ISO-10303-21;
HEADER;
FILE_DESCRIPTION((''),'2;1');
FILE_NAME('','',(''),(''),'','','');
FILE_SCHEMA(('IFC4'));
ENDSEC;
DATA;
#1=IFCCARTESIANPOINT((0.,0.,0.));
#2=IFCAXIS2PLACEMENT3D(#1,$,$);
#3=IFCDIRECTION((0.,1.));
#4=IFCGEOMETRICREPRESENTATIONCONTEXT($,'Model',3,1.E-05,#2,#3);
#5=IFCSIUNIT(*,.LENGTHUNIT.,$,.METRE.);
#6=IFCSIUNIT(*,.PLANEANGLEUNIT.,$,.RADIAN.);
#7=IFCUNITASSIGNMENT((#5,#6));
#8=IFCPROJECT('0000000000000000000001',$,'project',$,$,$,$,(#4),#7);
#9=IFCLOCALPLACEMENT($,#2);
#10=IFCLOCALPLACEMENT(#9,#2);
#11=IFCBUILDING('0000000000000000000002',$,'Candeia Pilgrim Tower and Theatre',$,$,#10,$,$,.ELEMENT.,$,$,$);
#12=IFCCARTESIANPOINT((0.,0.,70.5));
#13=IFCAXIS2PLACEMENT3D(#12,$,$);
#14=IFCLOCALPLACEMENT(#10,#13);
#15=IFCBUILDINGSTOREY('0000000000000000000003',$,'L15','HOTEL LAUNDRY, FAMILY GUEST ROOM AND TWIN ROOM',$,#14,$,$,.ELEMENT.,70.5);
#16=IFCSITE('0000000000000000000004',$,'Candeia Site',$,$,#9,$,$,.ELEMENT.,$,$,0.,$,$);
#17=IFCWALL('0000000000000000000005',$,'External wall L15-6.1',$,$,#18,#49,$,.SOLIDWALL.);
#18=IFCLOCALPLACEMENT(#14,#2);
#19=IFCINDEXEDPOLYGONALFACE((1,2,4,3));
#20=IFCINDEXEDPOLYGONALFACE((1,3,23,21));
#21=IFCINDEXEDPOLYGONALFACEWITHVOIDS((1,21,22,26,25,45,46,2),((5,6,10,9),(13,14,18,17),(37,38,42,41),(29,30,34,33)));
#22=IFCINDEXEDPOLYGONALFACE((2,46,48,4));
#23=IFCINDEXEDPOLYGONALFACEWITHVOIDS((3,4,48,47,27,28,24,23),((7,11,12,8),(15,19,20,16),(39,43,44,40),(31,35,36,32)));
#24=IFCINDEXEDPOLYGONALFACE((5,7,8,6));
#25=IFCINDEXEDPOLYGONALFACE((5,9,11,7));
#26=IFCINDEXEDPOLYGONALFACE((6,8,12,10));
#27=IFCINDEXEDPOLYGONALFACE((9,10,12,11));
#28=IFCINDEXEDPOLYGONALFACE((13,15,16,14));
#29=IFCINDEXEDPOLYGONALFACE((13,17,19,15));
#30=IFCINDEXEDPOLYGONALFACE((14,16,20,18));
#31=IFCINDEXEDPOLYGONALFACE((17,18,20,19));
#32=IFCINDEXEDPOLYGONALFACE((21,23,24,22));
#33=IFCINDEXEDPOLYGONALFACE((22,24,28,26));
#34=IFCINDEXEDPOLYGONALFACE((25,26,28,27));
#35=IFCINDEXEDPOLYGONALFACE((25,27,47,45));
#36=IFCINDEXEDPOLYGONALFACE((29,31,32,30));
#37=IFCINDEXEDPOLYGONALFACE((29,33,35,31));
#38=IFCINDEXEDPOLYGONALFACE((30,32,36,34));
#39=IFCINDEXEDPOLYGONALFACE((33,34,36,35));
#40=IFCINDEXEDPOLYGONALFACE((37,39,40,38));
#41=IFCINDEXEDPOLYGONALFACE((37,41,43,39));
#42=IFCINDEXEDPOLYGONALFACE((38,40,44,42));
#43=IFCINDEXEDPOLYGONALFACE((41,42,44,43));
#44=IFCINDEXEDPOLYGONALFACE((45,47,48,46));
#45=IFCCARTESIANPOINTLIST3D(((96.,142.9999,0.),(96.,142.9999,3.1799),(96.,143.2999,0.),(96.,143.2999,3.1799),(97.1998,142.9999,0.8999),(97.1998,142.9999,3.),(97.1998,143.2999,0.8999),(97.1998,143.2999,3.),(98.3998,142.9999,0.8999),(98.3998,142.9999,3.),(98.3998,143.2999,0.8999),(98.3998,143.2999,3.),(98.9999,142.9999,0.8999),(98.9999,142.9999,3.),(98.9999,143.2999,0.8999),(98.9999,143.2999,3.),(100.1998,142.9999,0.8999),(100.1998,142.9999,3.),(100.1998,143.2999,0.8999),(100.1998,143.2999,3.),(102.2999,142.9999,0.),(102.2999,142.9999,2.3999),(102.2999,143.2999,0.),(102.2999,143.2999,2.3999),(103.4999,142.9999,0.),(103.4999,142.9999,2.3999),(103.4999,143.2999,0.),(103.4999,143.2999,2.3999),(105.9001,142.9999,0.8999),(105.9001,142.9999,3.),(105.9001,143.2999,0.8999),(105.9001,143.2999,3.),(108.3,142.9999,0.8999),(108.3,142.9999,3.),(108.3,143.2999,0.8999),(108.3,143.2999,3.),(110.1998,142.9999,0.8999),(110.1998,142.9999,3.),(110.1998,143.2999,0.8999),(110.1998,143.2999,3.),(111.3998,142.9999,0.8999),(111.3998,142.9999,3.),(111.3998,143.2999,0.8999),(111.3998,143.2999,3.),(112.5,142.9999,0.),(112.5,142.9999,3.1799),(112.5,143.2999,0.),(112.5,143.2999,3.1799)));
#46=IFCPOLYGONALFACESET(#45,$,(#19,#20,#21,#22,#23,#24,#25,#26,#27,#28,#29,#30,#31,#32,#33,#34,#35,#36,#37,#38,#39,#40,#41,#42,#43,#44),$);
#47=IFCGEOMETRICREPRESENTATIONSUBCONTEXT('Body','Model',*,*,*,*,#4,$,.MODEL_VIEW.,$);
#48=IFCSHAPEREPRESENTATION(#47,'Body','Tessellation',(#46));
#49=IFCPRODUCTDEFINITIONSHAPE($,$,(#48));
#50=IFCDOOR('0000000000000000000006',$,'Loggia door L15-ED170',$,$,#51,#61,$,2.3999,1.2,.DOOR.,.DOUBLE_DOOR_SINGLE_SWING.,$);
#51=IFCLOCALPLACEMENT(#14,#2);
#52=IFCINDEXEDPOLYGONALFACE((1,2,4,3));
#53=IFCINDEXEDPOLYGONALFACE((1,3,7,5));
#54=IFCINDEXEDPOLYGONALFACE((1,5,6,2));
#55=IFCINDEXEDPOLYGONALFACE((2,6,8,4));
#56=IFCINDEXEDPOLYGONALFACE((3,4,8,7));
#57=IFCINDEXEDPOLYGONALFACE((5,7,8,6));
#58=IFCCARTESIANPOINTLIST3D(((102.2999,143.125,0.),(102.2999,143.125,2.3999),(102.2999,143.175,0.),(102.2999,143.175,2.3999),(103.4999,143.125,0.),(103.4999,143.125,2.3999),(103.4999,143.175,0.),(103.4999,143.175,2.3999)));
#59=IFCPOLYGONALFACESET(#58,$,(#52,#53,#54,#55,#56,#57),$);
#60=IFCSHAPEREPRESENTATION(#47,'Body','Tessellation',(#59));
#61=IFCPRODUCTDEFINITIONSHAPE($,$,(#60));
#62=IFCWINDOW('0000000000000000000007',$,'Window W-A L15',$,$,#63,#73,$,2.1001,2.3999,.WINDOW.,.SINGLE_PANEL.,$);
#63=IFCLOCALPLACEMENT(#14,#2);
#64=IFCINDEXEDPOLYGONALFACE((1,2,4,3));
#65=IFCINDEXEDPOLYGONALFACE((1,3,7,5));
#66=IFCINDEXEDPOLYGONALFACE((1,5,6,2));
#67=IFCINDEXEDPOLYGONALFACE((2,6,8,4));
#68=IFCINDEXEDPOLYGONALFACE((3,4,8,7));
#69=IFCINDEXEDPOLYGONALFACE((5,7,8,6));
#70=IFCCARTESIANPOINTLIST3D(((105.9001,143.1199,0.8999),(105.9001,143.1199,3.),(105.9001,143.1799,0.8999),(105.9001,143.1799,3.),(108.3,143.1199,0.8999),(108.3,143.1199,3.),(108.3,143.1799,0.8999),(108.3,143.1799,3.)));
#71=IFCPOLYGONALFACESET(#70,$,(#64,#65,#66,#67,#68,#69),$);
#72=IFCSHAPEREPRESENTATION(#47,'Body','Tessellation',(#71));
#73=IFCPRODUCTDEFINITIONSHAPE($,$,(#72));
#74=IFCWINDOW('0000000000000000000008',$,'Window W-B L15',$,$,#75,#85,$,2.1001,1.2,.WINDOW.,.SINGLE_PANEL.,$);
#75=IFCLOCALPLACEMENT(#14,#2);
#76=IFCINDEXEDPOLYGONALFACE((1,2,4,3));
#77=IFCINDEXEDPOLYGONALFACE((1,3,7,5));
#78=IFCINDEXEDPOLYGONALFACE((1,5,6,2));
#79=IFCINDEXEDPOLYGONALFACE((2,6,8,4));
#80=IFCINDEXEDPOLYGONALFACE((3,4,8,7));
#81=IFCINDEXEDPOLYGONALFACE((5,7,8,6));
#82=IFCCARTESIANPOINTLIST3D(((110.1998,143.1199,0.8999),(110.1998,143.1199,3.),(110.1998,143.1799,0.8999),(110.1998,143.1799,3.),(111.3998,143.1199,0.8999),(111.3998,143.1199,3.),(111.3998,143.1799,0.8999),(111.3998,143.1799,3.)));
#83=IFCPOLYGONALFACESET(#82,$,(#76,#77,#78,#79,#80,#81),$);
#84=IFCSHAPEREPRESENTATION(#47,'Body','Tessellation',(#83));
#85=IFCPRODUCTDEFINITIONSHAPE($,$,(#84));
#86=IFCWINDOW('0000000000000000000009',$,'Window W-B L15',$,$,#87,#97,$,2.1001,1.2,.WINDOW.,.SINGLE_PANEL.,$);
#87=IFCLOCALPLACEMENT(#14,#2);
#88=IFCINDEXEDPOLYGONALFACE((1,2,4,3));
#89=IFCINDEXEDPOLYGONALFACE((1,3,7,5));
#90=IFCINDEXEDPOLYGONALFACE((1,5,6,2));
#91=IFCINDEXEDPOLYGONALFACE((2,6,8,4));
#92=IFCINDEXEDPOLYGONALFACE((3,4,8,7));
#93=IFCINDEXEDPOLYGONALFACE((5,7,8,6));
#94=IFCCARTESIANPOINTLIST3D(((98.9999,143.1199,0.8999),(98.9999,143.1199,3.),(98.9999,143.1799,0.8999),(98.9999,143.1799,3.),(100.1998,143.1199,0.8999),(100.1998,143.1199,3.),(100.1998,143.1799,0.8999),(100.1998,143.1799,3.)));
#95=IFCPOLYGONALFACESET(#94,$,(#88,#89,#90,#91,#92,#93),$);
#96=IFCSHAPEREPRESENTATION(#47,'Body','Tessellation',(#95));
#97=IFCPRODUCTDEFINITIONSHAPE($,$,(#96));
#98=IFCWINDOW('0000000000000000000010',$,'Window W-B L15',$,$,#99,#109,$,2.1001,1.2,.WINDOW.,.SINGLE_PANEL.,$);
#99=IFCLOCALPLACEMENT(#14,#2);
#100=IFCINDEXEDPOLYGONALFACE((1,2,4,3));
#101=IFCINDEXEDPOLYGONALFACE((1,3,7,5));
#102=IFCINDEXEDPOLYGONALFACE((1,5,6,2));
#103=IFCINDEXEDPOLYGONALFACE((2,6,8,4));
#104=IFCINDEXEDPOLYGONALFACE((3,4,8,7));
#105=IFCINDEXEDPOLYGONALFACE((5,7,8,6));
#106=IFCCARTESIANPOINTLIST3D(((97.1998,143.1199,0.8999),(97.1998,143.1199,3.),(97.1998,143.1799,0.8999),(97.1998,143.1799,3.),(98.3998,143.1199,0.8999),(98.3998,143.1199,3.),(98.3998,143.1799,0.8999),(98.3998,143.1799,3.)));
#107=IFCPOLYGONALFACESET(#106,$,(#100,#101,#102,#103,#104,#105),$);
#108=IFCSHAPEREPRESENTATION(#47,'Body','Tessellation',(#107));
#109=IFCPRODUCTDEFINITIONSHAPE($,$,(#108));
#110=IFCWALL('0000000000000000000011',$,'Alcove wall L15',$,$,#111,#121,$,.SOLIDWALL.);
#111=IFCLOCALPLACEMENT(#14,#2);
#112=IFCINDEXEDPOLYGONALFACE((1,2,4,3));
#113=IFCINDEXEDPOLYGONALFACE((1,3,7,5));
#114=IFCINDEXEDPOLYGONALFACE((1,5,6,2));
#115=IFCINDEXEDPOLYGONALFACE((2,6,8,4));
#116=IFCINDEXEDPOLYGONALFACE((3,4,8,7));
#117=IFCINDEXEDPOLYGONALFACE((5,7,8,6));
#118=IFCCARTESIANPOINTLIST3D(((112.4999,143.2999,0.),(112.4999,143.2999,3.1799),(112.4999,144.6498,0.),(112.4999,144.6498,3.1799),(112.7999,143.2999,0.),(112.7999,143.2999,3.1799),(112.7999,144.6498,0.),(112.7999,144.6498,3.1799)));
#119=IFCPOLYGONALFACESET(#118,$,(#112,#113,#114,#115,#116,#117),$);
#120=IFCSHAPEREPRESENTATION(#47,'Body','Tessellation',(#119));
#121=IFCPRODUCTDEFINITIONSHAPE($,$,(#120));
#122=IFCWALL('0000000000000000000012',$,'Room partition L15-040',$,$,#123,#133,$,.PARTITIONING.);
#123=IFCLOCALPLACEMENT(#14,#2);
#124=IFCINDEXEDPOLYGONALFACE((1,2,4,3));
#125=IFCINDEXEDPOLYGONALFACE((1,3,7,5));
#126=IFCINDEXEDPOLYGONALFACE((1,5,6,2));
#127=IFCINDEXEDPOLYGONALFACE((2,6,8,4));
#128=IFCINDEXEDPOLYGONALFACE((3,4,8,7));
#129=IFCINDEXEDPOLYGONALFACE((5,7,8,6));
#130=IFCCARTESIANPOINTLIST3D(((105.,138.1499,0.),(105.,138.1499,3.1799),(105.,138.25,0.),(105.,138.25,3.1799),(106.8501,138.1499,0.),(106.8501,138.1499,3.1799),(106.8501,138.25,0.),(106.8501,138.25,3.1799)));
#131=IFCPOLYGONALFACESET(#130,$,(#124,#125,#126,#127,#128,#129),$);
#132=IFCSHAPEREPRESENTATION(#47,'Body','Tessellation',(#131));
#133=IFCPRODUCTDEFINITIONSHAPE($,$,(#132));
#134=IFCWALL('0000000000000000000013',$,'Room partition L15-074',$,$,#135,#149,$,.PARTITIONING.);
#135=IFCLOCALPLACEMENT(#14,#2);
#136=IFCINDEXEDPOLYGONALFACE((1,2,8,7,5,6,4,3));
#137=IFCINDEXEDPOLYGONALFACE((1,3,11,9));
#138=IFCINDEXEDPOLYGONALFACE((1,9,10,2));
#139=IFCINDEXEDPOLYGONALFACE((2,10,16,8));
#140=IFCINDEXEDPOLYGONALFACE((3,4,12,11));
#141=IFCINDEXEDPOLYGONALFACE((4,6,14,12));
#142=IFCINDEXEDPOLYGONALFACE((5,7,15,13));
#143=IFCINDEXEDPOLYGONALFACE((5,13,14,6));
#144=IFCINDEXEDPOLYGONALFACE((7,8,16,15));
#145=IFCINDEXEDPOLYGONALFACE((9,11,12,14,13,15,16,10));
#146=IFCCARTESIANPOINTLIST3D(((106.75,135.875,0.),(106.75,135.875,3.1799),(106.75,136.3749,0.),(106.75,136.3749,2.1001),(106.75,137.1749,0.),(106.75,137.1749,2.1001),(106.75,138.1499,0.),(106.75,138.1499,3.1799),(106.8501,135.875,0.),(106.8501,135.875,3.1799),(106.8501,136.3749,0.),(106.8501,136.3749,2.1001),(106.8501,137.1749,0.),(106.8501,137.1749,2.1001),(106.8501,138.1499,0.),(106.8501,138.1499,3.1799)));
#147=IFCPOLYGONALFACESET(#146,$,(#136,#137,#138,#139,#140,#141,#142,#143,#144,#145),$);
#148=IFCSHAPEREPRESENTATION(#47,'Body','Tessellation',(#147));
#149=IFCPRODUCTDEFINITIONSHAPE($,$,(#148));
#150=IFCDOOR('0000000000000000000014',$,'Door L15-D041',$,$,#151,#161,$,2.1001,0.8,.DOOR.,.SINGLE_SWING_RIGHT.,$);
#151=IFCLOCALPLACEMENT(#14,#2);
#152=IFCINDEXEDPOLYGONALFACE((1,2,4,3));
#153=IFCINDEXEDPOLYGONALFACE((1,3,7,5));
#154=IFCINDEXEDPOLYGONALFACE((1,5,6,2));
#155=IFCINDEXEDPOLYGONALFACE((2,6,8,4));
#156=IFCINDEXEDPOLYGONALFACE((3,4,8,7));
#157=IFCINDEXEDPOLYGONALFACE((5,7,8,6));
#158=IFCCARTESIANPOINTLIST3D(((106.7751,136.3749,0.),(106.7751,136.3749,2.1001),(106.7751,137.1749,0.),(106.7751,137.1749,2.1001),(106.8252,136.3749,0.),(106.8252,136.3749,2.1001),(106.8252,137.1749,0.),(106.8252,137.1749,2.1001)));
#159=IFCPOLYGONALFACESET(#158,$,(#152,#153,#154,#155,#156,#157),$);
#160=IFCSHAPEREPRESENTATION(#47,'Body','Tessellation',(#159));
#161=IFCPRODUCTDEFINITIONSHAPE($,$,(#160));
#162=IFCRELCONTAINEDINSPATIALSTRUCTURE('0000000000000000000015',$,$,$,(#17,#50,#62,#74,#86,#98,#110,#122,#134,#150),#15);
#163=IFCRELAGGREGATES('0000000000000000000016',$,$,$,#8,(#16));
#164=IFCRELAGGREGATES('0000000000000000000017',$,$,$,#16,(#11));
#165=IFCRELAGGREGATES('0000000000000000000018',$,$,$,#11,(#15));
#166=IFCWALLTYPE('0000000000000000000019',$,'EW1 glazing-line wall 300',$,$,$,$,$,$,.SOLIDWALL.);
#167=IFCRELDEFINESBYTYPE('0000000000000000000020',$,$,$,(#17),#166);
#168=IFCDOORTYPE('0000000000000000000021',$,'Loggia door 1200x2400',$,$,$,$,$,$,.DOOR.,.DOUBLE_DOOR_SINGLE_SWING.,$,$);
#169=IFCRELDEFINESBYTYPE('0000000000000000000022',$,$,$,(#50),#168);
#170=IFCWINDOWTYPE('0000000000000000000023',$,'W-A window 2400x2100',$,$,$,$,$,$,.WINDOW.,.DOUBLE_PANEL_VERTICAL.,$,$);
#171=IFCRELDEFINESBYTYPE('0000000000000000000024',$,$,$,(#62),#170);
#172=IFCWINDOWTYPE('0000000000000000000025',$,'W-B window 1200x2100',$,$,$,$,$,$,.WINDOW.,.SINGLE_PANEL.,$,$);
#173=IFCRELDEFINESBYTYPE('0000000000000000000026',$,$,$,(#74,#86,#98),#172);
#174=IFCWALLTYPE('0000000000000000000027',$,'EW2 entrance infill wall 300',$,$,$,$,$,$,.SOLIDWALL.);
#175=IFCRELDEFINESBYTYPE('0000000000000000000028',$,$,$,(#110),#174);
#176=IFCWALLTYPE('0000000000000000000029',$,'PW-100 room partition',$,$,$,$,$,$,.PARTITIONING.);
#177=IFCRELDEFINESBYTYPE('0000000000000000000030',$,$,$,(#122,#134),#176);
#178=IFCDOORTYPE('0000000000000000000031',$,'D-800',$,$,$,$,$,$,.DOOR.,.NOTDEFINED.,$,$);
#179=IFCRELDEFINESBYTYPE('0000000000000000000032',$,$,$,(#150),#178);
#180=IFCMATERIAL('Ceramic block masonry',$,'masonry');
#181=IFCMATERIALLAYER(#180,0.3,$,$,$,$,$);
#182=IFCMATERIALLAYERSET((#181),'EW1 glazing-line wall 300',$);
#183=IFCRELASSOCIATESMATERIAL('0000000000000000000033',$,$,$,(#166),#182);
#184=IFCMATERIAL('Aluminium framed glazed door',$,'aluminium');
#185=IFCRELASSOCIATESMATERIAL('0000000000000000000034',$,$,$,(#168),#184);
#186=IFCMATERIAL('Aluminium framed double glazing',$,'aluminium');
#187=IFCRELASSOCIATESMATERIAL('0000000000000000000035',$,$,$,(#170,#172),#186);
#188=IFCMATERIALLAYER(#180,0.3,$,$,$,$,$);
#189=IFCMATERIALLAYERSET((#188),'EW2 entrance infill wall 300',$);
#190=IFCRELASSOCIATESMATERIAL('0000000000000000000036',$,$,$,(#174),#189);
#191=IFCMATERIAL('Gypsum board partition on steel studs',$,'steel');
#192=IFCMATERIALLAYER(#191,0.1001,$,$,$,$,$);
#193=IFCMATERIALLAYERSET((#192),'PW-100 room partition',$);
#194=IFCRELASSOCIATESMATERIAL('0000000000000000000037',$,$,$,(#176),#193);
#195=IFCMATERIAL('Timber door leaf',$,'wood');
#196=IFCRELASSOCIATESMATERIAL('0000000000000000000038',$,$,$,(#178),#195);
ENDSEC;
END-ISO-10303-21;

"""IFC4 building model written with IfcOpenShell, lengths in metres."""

from ifc_helpers import new_model, si_unit, direction, frame, frame_2d, origin, place, context, subcontext, project, spatial, rectangle, extrude, material, layer, layer_set, type_object, element, fill, save


model = new_model("IFC4")

# Units and contexts
model_context = context("Model", 3, precision=1e-05, world=origin(), true_north=direction((0.0, 1.0)))
body_context = subcontext(model_context, "Body", "Model", "MODEL_VIEW")
ifc_project = project(units=[si_unit("LENGTHUNIT", "METRE"), si_unit("PLANEANGLEUNIT", "RADIAN")], contexts=[model_context])

# Site, building, storey
site_placement = place(None, origin())
site = spatial("IfcSite", under=ifc_project, at=site_placement, Name="Candeia Site", CompositionType="ELEMENT", RefElevation=0.0)
building_placement = place(site_placement, origin())
building = spatial("IfcBuilding", under=site, at=building_placement, Name="Candeia Pilgrim Tower and Theatre", CompositionType="ELEMENT")
storey_placement = place(building_placement, frame((0.0, 0.0, 70.5)))
storey = spatial("IfcBuildingStorey", under=building, at=storey_placement, Name="L15", Description="HOTEL LAUNDRY, FAMILY GUEST ROOM AND TWIN ROOM", CompositionType="ELEMENT", Elevation=70.5)

# Wall, openings, door, windows
ifc_material_1 = material(Name="Ceramic block masonry", Category="masonry")
ifc_layer_1 = layer(ifc_material_1, 0.3)
ifc_layer_set_1 = layer_set([ifc_layer_1], Name="EW1 glazing-line wall 300")
wall_type_1 = type_object("IfcWallType", Name="EW1 glazing-line wall 300", PredefinedType="SOLIDWALL", material=ifc_layer_set_1)
wall_1_placement = place(storey_placement, frame((112.5, 143.1499, 0.0), z_axis=(0.0, 0.0, 1.0), x_axis=(-1.0, 0.0, 0.0)))
wall_1 = element("IfcWall", 1, at=wall_1_placement, inside=storey, type_object=wall_type_1, Name="External wall L15-6.1", PredefinedType="SOLIDWALL", context=body_context, shape_type="SweptSolid", body=[
    extrude(rectangle(XDim=16.5, YDim=0.3, at=frame_2d((8.25, 0.0))), origin(), (0.0, 0.0, 1.0), 3.1799),
])
opening_1_placement = place(wall_1_placement, frame((1.1001, 0.0, 0.8999)))
opening_1 = element("IfcOpeningElement", 2, at=opening_1_placement, cuts=wall_1, PredefinedType="OPENING", context=body_context, shape_type="SweptSolid", body=[
    extrude(rectangle(XDim=1.2, YDim=2.1001, at=frame_2d((0.6001, 1.05))), frame((0.0, 0.1602, 0.0), z_axis=(0.0, -1.0, 0.0), x_axis=(1.0, 0.0, 0.0)), (0.0, 0.0, 1.0), 0.3201),
])
opening_2_placement = place(wall_1_placement, frame((4.2, 0.0, 0.8999)))
opening_2 = element("IfcOpeningElement", 3, at=opening_2_placement, cuts=wall_1, PredefinedType="OPENING", context=body_context, shape_type="SweptSolid", body=[
    extrude(rectangle(XDim=2.3999, YDim=2.1001, at=frame_2d((1.2, 1.05))), frame((0.0, 0.1602, 0.0), z_axis=(0.0, -1.0, 0.0), x_axis=(1.0, 0.0, 0.0)), (0.0, 0.0, 1.0), 0.3201),
])
opening_3_placement = place(wall_1_placement, frame((9.0, 0.0, 0.0)))
opening_3 = element("IfcOpeningElement", 4, at=opening_3_placement, cuts=wall_1, PredefinedType="OPENING", context=body_context, shape_type="SweptSolid", body=[
    extrude(rectangle(XDim=1.2, YDim=2.3999, at=frame_2d((0.6001, 1.2))), frame((0.0, 0.1602, 0.0), z_axis=(0.0, -1.0, 0.0), x_axis=(1.0, 0.0, 0.0)), (0.0, 0.0, 1.0), 0.3201),
])
opening_4_placement = place(wall_1_placement, frame((12.3, 0.0, 0.8999)))
opening_4 = element("IfcOpeningElement", 5, at=opening_4_placement, cuts=wall_1, PredefinedType="OPENING", context=body_context, shape_type="SweptSolid", body=[
    extrude(rectangle(XDim=1.2, YDim=2.1001, at=frame_2d((0.6001, 1.05))), frame((0.0, 0.1602, 0.0), z_axis=(0.0, -1.0, 0.0), x_axis=(1.0, 0.0, 0.0)), (0.0, 0.0, 1.0), 0.3201),
])
opening_5_placement = place(wall_1_placement, frame((14.1001, 0.0, 0.8999)))
opening_5 = element("IfcOpeningElement", 6, at=opening_5_placement, cuts=wall_1, PredefinedType="OPENING", context=body_context, shape_type="SweptSolid", body=[
    extrude(rectangle(XDim=1.2, YDim=2.1001, at=frame_2d((0.6001, 1.05))), frame((0.0, 0.1602, 0.0), z_axis=(0.0, -1.0, 0.0), x_axis=(1.0, 0.0, 0.0)), (0.0, 0.0, 1.0), 0.3201),
])
ifc_material_2 = material(Name="Aluminium framed glazed door", Category="aluminium")
door_type_1 = type_object("IfcDoorType", Name="Loggia door 1200x2400", OperationType="DOUBLE_DOOR_SINGLE_SWING", PredefinedType="DOOR", material=ifc_material_2)
door_1_placement = place(opening_3_placement, origin())
door_1 = element("IfcDoor", 7, at=door_1_placement, inside=storey, type_object=door_type_1, Name="Loggia door L15-ED170", OperationType="DOUBLE_DOOR_SINGLE_SWING", OverallHeight=2.3999, OverallWidth=1.2, PredefinedType="DOOR", context=body_context, shape_type="SweptSolid", body=[
    extrude(rectangle(XDim=1.2, YDim=2.3999, at=frame_2d((0.6001, 1.2))), frame((0.0, 0.0249, 0.0), z_axis=(0.0, -1.0, 0.0), x_axis=(1.0, 0.0, 0.0)), (0.0, 0.0, 1.0), 0.05),
])
fill(opening_3, door_1)
ifc_material_3 = material(Name="Aluminium framed double glazing", Category="aluminium")
window_type_1 = type_object("IfcWindowType", Name="W-A window 2400x2100", PartitioningType="DOUBLE_PANEL_VERTICAL", PredefinedType="WINDOW", material=ifc_material_3)
window_1_placement = place(opening_2_placement, origin())
window_1 = element("IfcWindow", 8, at=window_1_placement, inside=storey, type_object=window_type_1, Name="Window W-A L15", OverallHeight=2.1001, OverallWidth=2.3999, PartitioningType="SINGLE_PANEL", PredefinedType="WINDOW", context=body_context, shape_type="SweptSolid", body=[
    extrude(rectangle(XDim=2.3999, YDim=2.1001, at=frame_2d((1.2, 1.05))), frame((0.0, 0.03, 0.0), z_axis=(0.0, -1.0, 0.0), x_axis=(1.0, 0.0, 0.0)), (0.0, 0.0, 1.0), 0.0601),
])
fill(opening_2, window_1)
window_type_2 = type_object("IfcWindowType", Name="W-B window 1200x2100", PartitioningType="SINGLE_PANEL", PredefinedType="WINDOW", material=ifc_material_3)
window_2_placement = place(opening_1_placement, origin())
window_2 = element("IfcWindow", 9, at=window_2_placement, inside=storey, type_object=window_type_2, Name="Window W-B L15", OverallHeight=2.1001, OverallWidth=1.2, PartitioningType="SINGLE_PANEL", PredefinedType="WINDOW", context=body_context, shape_type="SweptSolid", body=[
    extrude(rectangle(XDim=1.2, YDim=2.1001, at=frame_2d((0.6001, 1.05))), frame((0.0, 0.03, 0.0), z_axis=(0.0, -1.0, 0.0), x_axis=(1.0, 0.0, 0.0)), (0.0, 0.0, 1.0), 0.0601),
])
fill(opening_1, window_2)
window_3_placement = place(opening_4_placement, origin())
window_3 = element("IfcWindow", 10, at=window_3_placement, inside=storey, type_object=window_type_2, Name="Window W-B L15", OverallHeight=2.1001, OverallWidth=1.2, PartitioningType="SINGLE_PANEL", PredefinedType="WINDOW", context=body_context, shape_type="SweptSolid", body=[
    extrude(rectangle(XDim=1.2, YDim=2.1001, at=frame_2d((0.6001, 1.05))), frame((0.0, 0.03, 0.0), z_axis=(0.0, -1.0, 0.0), x_axis=(1.0, 0.0, 0.0)), (0.0, 0.0, 1.0), 0.0601),
])
fill(opening_4, window_3)
window_4_placement = place(opening_5_placement, origin())
window_4 = element("IfcWindow", 11, at=window_4_placement, inside=storey, type_object=window_type_2, Name="Window W-B L15", OverallHeight=2.1001, OverallWidth=1.2, PartitioningType="SINGLE_PANEL", PredefinedType="WINDOW", context=body_context, shape_type="SweptSolid", body=[
    extrude(rectangle(XDim=1.2, YDim=2.1001, at=frame_2d((0.6001, 1.05))), frame((0.0, 0.03, 0.0), z_axis=(0.0, -1.0, 0.0), x_axis=(1.0, 0.0, 0.0)), (0.0, 0.0, 1.0), 0.0601),
])
fill(opening_5, window_4)

# Walls
ifc_layer_2 = layer(ifc_material_1, 0.3)
ifc_layer_set_2 = layer_set([ifc_layer_2], Name="EW2 entrance infill wall 300")
wall_type_2 = type_object("IfcWallType", Name="EW2 entrance infill wall 300", PredefinedType="SOLIDWALL", material=ifc_layer_set_2)
wall_2_placement = place(storey_placement, frame((112.6499, 143.3, 0.0), z_axis=(0.0, 0.0, 1.0), x_axis=(0.0, 1.0, 0.0)))
element("IfcWall", 12, at=wall_2_placement, inside=storey, type_object=wall_type_2, Name="Alcove wall L15", PredefinedType="SOLIDWALL", context=body_context, shape_type="SweptSolid", body=[
    extrude(rectangle(XDim=1.3499, YDim=0.3, at=frame_2d((0.6748, 0.0))), origin(), (0.0, 0.0, 1.0), 3.1799),
])
ifc_material_4 = material(Name="Gypsum board partition on steel studs", Category="steel")
ifc_layer_3 = layer(ifc_material_4, 0.1001)
ifc_layer_set_3 = layer_set([ifc_layer_3], Name="PW-100 room partition")
wall_type_3 = type_object("IfcWallType", Name="PW-100 room partition", PredefinedType="PARTITIONING", material=ifc_layer_set_3)
wall_3_placement = place(storey_placement, frame((105.0, 138.2, 0.0), z_axis=(0.0, 0.0, 1.0), x_axis=(1.0, 0.0, 0.0)))
element("IfcWall", 13, at=wall_3_placement, inside=storey, type_object=wall_type_3, Name="Room partition L15-040", PredefinedType="PARTITIONING", context=body_context, shape_type="SweptSolid", body=[
    extrude(rectangle(XDim=1.8501, YDim=0.1001, at=frame_2d((0.925, 0.0))), origin(), (0.0, 0.0, 1.0), 3.1799),
])

# Wall, opening, door
wall_4_placement = place(storey_placement, frame((106.8, 135.875, 0.0), z_axis=(0.0, 0.0, 1.0), x_axis=(0.0, 1.0, 0.0)))
wall_4 = element("IfcWall", 14, at=wall_4_placement, inside=storey, type_object=wall_type_3, Name="Room partition L15-074", PredefinedType="PARTITIONING", context=body_context, shape_type="SweptSolid", body=[
    extrude(rectangle(XDim=2.2749, YDim=0.1001, at=frame_2d((1.1375, 0.0))), origin(), (0.0, 0.0, 1.0), 3.1799),
])
opening_6_placement = place(wall_4_placement, frame((0.5, 0.0, 0.0)))
opening_6 = element("IfcOpeningElement", 15, at=opening_6_placement, cuts=wall_4, PredefinedType="OPENING", context=body_context, shape_type="SweptSolid", body=[
    extrude(rectangle(XDim=0.8, YDim=2.1001, at=frame_2d((0.3999, 1.05))), frame((0.0, 0.0601, 0.0), z_axis=(0.0, -1.0, 0.0), x_axis=(1.0, 0.0, 0.0)), (0.0, 0.0, 1.0), 0.1201),
])
ifc_material_5 = material(Name="Timber door leaf", Category="wood")
door_type_2 = type_object("IfcDoorType", Name="D-800", OperationType="NOTDEFINED", PredefinedType="DOOR", material=ifc_material_5)
door_2_placement = place(opening_6_placement, origin())
door_2 = element("IfcDoor", 16, at=door_2_placement, inside=storey, type_object=door_type_2, Name="Door L15-D041", OperationType="SINGLE_SWING_RIGHT", OverallHeight=2.1001, OverallWidth=0.8, PredefinedType="DOOR", context=body_context, shape_type="SweptSolid", body=[
    extrude(rectangle(XDim=0.8, YDim=2.1001, at=frame_2d((0.3999, 1.05))), frame((0.0, 0.0249, 0.0), z_axis=(0.0, -1.0, 0.0), x_axis=(1.0, 0.0, 0.0)), (0.0, 0.0, 1.0), 0.05),
])
fill(opening_6, door_2)

save(model, "model.ifc")
